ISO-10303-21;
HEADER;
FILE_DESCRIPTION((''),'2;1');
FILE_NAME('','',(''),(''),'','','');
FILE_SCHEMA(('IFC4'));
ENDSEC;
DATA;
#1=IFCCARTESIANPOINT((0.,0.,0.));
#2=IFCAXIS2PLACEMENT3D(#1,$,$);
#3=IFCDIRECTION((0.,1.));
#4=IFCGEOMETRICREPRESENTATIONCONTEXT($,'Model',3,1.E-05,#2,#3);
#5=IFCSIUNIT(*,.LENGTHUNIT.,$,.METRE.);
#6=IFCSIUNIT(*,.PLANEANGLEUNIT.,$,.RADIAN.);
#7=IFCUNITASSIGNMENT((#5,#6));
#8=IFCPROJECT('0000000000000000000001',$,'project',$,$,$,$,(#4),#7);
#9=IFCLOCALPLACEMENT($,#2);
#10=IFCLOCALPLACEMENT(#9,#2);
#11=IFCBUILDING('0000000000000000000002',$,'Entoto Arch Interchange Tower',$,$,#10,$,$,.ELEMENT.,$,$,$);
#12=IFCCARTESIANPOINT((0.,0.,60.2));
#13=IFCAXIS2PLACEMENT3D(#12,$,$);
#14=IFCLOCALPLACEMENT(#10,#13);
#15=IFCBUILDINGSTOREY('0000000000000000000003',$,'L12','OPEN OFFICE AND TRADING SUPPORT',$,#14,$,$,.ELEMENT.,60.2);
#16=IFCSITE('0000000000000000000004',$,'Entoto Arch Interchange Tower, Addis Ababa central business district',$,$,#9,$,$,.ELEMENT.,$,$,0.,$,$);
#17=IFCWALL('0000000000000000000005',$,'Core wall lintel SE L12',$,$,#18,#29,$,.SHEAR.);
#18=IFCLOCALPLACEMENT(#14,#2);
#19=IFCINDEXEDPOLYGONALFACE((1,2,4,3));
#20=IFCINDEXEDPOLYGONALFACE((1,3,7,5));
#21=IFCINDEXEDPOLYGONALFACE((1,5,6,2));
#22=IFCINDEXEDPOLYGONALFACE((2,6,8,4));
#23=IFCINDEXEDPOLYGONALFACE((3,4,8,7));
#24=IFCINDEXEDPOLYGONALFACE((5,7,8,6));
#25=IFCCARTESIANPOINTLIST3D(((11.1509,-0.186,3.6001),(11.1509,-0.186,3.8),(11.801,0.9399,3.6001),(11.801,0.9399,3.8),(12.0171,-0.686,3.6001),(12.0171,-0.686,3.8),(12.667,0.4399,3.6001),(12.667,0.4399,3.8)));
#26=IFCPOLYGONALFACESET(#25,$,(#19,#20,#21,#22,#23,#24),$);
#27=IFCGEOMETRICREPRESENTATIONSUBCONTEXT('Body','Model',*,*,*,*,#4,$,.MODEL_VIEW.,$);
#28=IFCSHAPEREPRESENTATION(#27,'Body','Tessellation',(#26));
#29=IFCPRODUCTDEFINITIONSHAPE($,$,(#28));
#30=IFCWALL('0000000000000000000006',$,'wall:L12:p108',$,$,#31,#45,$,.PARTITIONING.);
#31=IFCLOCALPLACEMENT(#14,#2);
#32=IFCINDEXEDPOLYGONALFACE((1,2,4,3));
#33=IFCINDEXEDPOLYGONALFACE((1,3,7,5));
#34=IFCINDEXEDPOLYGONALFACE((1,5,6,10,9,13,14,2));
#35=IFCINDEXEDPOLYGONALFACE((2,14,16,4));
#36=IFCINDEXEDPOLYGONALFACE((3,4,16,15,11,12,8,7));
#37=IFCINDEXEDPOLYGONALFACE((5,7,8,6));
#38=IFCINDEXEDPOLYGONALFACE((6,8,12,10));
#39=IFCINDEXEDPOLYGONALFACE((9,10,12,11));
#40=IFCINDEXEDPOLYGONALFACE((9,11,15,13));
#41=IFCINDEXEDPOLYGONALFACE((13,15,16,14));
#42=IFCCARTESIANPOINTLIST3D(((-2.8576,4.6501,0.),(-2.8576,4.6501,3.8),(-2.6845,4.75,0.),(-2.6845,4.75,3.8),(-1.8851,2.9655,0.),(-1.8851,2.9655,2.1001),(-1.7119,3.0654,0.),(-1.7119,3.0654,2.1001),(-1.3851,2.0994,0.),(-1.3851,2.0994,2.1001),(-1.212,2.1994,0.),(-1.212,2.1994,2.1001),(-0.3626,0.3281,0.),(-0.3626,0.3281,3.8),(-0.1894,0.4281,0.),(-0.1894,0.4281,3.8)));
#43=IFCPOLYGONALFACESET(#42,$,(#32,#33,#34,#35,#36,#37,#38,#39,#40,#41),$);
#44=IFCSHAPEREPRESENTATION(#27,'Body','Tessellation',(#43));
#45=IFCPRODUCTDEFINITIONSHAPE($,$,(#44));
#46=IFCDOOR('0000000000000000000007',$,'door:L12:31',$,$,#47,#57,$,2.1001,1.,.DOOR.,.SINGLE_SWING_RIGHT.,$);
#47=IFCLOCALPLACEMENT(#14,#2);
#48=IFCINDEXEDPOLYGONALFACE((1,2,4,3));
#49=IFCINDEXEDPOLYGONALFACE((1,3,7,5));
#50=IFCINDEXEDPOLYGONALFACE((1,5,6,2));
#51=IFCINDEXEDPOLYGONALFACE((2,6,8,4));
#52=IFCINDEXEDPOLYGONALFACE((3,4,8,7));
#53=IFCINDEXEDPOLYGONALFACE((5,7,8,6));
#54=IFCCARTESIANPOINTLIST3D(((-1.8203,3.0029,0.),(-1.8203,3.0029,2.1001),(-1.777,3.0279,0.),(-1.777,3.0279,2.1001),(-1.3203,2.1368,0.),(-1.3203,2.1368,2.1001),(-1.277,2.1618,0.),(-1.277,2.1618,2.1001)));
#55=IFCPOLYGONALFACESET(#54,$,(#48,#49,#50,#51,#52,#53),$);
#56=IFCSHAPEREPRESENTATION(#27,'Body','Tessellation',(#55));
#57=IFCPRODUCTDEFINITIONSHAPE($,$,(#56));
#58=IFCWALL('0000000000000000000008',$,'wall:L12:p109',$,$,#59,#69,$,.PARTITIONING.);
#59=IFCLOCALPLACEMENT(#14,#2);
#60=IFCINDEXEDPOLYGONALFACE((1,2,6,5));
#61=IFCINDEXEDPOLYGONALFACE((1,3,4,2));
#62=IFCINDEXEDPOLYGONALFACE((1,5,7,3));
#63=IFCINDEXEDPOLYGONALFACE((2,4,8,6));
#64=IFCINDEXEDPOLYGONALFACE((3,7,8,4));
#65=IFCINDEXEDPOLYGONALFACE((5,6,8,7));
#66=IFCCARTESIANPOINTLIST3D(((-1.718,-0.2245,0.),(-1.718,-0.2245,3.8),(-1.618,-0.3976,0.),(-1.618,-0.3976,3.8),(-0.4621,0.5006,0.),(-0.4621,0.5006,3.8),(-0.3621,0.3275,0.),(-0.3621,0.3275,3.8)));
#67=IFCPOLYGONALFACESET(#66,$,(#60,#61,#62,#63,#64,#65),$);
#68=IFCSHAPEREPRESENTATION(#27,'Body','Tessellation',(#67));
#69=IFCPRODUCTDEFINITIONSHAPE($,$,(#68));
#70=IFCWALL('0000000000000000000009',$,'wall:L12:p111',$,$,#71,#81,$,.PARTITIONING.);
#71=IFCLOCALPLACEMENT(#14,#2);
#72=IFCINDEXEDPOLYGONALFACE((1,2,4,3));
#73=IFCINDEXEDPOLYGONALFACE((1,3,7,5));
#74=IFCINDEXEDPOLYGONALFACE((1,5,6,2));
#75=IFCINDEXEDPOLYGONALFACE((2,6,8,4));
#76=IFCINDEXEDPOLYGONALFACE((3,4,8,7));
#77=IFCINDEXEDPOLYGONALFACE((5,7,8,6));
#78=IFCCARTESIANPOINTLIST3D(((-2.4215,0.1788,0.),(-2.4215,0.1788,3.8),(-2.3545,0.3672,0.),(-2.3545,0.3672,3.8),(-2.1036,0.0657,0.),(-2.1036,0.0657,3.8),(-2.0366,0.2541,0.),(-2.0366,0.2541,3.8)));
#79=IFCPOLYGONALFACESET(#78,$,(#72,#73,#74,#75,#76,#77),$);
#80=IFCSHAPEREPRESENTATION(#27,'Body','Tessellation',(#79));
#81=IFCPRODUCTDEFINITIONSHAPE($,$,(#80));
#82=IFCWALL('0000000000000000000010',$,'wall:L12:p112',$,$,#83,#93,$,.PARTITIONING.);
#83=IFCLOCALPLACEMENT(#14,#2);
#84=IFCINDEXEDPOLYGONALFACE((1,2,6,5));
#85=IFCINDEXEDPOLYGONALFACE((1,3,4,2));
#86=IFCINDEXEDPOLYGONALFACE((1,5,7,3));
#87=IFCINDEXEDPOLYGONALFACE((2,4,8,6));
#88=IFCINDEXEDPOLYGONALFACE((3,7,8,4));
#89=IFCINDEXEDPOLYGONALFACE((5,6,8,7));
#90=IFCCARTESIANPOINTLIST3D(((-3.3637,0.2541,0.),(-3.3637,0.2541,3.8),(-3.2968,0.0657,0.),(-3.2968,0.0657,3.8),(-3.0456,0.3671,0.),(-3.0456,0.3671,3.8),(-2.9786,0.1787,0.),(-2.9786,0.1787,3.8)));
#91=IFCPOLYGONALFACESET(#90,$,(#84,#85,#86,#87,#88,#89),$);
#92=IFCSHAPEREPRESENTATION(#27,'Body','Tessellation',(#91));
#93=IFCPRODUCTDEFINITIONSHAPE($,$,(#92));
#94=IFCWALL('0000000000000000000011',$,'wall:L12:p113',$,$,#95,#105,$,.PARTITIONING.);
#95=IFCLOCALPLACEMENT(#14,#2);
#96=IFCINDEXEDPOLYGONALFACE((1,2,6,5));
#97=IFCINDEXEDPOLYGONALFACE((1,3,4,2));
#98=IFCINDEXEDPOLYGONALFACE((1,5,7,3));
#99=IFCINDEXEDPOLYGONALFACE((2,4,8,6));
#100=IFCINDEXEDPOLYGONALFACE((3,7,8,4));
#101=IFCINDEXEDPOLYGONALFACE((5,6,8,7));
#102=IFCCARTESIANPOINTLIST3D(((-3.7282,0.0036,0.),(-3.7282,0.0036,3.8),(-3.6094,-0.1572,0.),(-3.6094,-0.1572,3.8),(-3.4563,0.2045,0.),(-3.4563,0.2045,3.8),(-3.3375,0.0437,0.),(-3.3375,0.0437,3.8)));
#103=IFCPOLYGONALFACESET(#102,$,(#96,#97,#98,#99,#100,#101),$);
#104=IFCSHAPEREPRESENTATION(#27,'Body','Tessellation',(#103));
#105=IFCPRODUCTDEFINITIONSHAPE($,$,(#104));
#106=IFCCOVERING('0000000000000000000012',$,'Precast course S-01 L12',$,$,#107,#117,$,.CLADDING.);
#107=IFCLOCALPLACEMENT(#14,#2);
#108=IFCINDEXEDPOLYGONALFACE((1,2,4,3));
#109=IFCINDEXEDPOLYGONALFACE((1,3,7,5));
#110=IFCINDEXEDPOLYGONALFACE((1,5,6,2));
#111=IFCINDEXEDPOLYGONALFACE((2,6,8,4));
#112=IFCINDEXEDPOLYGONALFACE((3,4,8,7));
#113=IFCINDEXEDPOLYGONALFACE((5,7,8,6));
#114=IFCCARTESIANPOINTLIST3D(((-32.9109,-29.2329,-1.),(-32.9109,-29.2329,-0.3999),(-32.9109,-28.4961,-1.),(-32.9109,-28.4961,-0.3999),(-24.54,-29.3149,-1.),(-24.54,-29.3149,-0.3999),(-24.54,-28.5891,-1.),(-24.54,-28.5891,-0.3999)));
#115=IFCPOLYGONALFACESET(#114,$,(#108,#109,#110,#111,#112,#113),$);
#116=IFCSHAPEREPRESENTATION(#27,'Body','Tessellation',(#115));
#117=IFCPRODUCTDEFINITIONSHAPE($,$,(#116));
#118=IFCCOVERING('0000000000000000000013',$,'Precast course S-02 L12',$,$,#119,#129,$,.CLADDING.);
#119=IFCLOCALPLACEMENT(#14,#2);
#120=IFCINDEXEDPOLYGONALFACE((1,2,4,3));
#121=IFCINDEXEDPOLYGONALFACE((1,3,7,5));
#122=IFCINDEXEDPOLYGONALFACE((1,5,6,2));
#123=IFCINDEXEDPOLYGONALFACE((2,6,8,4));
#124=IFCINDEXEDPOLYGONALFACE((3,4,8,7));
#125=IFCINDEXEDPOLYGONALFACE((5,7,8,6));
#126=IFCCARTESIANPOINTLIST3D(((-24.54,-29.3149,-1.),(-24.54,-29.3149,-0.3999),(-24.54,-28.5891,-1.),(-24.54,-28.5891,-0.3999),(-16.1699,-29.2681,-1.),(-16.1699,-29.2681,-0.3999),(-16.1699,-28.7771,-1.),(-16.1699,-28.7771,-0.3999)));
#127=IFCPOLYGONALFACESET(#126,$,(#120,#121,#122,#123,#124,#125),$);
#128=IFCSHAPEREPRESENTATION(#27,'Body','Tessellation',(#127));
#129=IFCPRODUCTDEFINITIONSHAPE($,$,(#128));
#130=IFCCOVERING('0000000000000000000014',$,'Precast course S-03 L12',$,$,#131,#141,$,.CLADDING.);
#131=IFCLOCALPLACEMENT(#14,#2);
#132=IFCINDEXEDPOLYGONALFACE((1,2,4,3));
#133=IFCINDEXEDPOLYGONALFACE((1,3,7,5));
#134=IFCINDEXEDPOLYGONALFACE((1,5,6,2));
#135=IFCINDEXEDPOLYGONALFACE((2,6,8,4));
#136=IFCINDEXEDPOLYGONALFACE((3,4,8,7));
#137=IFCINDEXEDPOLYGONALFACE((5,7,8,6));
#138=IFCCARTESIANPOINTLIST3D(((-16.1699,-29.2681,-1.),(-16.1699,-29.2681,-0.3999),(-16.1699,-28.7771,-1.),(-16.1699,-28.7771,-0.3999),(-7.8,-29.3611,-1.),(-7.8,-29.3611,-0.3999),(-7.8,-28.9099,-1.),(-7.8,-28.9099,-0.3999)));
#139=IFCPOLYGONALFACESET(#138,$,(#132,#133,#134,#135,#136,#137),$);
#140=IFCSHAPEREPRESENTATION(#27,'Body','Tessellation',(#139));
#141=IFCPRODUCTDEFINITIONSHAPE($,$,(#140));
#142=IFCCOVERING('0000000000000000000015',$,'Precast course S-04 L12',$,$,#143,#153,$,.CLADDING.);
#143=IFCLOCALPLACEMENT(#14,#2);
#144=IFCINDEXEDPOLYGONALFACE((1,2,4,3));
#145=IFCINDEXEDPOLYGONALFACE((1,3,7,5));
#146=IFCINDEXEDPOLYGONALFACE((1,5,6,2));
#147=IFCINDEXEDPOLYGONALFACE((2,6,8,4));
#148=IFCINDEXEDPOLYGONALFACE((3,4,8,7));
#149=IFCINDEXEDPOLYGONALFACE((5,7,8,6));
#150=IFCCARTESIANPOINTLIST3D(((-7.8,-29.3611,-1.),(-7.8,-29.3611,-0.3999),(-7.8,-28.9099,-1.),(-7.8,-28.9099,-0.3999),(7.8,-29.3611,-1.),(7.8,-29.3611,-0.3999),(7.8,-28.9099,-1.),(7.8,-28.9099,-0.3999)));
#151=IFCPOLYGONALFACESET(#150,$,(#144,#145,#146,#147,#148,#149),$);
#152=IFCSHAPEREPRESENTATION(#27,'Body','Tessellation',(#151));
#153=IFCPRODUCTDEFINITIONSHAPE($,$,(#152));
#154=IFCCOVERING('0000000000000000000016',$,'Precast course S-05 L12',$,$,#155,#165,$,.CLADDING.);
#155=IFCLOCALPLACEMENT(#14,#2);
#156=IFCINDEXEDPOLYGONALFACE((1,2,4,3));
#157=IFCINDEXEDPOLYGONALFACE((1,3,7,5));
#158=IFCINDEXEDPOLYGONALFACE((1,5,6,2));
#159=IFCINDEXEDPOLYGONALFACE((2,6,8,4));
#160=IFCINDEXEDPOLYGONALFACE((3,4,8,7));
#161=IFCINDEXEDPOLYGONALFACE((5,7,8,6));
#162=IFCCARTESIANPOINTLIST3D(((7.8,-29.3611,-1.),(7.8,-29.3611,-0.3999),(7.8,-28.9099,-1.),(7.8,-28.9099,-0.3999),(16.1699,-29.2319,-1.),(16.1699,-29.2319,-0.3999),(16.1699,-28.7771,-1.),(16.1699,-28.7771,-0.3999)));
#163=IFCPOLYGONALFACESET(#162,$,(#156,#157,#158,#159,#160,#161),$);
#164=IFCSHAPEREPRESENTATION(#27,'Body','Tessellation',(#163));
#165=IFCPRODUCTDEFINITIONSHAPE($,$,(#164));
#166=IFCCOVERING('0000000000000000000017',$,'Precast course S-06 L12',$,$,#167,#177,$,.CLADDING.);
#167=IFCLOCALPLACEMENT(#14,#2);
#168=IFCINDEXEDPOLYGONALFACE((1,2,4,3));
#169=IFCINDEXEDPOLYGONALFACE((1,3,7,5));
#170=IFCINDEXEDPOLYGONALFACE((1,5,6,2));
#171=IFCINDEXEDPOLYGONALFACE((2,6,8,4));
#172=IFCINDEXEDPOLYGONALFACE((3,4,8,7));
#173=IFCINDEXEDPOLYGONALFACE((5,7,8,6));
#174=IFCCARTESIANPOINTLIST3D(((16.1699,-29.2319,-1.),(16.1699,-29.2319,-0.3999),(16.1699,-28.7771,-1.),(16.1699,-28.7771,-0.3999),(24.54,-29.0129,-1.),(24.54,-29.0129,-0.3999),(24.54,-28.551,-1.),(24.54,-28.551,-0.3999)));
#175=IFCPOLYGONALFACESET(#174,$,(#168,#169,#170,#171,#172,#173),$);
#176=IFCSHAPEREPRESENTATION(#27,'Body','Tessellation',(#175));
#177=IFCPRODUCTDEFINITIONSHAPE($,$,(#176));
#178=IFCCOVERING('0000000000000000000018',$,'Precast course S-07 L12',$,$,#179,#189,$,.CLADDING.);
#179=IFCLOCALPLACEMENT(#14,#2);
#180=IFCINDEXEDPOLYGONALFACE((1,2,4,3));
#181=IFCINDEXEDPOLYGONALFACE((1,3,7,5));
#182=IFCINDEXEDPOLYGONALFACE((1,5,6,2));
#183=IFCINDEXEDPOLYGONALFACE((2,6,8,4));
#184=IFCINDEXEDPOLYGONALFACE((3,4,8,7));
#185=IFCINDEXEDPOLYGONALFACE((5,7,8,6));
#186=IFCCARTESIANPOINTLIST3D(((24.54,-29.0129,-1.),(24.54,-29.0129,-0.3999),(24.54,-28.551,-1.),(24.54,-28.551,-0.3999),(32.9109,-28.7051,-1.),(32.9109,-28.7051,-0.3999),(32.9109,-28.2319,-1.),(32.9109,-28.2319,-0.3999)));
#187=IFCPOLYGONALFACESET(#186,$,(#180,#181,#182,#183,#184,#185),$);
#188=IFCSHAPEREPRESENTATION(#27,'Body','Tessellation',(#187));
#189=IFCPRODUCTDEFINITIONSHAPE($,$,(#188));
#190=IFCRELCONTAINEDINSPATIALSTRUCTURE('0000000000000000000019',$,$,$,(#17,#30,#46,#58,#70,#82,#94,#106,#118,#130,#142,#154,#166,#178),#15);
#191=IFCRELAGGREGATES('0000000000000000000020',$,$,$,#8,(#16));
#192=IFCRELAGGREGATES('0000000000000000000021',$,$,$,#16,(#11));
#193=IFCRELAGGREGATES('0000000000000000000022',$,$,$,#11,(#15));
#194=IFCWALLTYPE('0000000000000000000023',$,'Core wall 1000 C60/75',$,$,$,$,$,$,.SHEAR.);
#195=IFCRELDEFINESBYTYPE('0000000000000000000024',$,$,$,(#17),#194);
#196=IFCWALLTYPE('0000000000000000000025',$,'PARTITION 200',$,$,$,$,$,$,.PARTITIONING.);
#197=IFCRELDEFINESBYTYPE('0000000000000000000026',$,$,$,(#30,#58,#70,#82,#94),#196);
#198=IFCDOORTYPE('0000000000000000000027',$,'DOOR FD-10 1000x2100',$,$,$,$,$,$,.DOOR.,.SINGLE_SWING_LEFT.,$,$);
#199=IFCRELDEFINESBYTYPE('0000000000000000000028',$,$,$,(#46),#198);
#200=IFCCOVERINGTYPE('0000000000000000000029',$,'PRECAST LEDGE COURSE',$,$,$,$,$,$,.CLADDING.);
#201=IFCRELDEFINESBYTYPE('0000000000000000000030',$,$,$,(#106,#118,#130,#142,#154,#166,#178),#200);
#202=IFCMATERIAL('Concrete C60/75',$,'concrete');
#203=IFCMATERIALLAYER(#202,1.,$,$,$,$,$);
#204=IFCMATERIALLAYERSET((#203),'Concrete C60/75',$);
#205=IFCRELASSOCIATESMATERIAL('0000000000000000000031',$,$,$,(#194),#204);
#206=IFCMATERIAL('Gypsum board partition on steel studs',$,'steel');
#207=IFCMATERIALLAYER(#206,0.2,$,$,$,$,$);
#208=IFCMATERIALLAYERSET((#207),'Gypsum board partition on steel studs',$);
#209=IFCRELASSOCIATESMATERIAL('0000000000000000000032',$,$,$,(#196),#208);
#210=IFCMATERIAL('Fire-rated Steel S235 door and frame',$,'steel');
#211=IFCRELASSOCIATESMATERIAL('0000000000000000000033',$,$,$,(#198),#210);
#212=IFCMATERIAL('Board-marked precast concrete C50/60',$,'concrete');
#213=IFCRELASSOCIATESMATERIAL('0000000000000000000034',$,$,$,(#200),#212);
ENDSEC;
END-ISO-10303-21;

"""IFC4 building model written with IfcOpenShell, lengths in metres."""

from ifc_helpers import new_model, si_unit, direction, frame, frame_2d, origin, place, context, subcontext, project, spatial, polyline, rectangle, outline, extrude, material, layer, layer_set, type_object, element, fill, save


model = new_model("IFC4")

# Units and contexts
model_context = context("Model", 3, precision=1e-05, world=origin(), true_north=direction((0.0, 1.0)))
body_context = subcontext(model_context, "Body", "Model", "MODEL_VIEW")
ifc_project = project(units=[si_unit("LENGTHUNIT", "METRE"), si_unit("PLANEANGLEUNIT", "RADIAN")], contexts=[model_context])

# Site, building, storey
site_placement = place(None, origin())
site = spatial("IfcSite", under=ifc_project, at=site_placement, Name="Entoto Arch Interchange Tower, Addis Ababa central business district", CompositionType="ELEMENT", RefElevation=0.0)
building_placement = place(site_placement, origin())
building = spatial("IfcBuilding", under=site, at=building_placement, Name="Entoto Arch Interchange Tower", CompositionType="ELEMENT")
storey_placement = place(building_placement, frame((0.0, 0.0, 60.2)))
storey = spatial("IfcBuildingStorey", under=building, at=storey_placement, Name="L12", Description="OPEN OFFICE AND TRADING SUPPORT", CompositionType="ELEMENT", Elevation=60.2)

# Wall
ifc_material_1 = material(Name="Concrete C60/75", Category="concrete")
ifc_layer_1 = layer(ifc_material_1, 1.0)
ifc_layer_set_1 = layer_set([ifc_layer_1], Name="Concrete C60/75")
wall_type_1 = type_object("IfcWallType", Name="Core wall 1000 C60/75", PredefinedType="SHEAR", material=ifc_layer_set_1)
wall_1_placement = place(storey_placement, frame((0.0, 0.0, 3.6001)))
element("IfcWall", 1, at=wall_1_placement, inside=storey, type_object=wall_type_1, Name="Core wall lintel SE L12", PredefinedType="SHEAR", context=body_context, shape_type="SweptSolid", body=[
    extrude(outline(polyline([(12.667, 0.4399), (11.801, 0.9399), (11.1509, -0.186), (12.0171, -0.686), (12.667, 0.4399)])), origin(), (0.0, 0.0, 1.0), 0.2),
])

# Wall, opening, door
ifc_material_2 = material(Name="Gypsum board partition on steel studs", Category="steel")
ifc_layer_2 = layer(ifc_material_2, 0.2)
ifc_layer_set_2 = layer_set([ifc_layer_2], Name="Gypsum board partition on steel studs")
wall_type_2 = type_object("IfcWallType", Name="PARTITION 200", PredefinedType="PARTITIONING", material=ifc_layer_set_2)
wall_2_placement = place(storey_placement, frame((-2.771, 4.7, 0.0), z_axis=(0.0, 0.0, 1.0), x_axis=(0.499969, -0.866043, 0.0)))
wall_2 = element("IfcWall", 2, at=wall_2_placement, inside=storey, type_object=wall_type_2, Name="wall:L12:p108", PredefinedType="PARTITIONING", context=body_context, shape_type="SweptSolid", body=[
    extrude(rectangle(XDim=4.9905, YDim=0.2, at=frame_2d((2.4951, 0.0))), origin(), (0.0, 0.0, 1.0), 3.8),
])
opening_placement = place(wall_2_placement, frame((1.9451, 0.0, 0.0)))
opening = element("IfcOpeningElement", 3, at=opening_placement, cuts=wall_2, PredefinedType="OPENING", context=body_context, shape_type="SweptSolid", body=[
    extrude(rectangle(XDim=1.0, YDim=2.1001, at=frame_2d((0.5, 1.05))), frame((0.0, 0.1099, 0.0), z_axis=(0.0, -1.0, 0.0), x_axis=(1.0, 0.0, 0.0)), (0.0, 0.0, 1.0), 0.22),
])
ifc_material_3 = material(Name="Fire-rated Steel S235 door and frame", Category="steel")
door_type = type_object("IfcDoorType", Name="DOOR FD-10 1000x2100", OperationType="SINGLE_SWING_LEFT", PredefinedType="DOOR", material=ifc_material_3)
door_placement = place(opening_placement, origin())
door = element("IfcDoor", 4, at=door_placement, inside=storey, type_object=door_type, Name="door:L12:31", OperationType="SINGLE_SWING_RIGHT", OverallHeight=2.1001, OverallWidth=1.0, PredefinedType="DOOR", context=body_context, shape_type="SweptSolid", body=[
    extrude(rectangle(XDim=1.0, YDim=2.1001, at=frame_2d((0.5, 1.05))), frame((0.0, 0.0249, 0.0), z_axis=(0.0, -1.0, 0.0), x_axis=(1.0, 0.0, 0.0)), (0.0, 0.0, 1.0), 0.05),
])
fill(opening, door)

# Walls
wall_3_placement = place(storey_placement, frame((-0.4121, 0.4141, 0.0), z_axis=(0.0, 0.0, 1.0), x_axis=(-0.866017, -0.500014, 0.0)))
element("IfcWall", 5, at=wall_3_placement, inside=storey, type_object=wall_type_2, Name="wall:L12:p109", PredefinedType="PARTITIONING", context=body_context, shape_type="SweptSolid", body=[
    extrude(rectangle(XDim=1.4502, YDim=0.2, at=frame_2d((0.7251, 0.0))), origin(), (0.0, 0.0, 1.0), 3.8),
])
wall_4_placement = place(storey_placement, frame((-2.0701, 0.1599, 0.0), z_axis=(0.0, 0.0, 1.0), x_axis=(-0.942199, 0.335052, 0.0)))
element("IfcWall", 6, at=wall_4_placement, inside=storey, type_object=wall_type_2, Name="wall:L12:p111", PredefinedType="PARTITIONING", context=body_context, shape_type="SweptSolid", body=[
    extrude(rectangle(XDim=0.3374, YDim=0.2, at=frame_2d((0.1687, 0.0))), origin(), (0.0, 0.0, 1.0), 3.8),
])
wall_5_placement = place(storey_placement, frame((-3.012, 0.2729, 0.0), z_axis=(0.0, 0.0, 1.0), x_axis=(-0.942281, -0.334824, 0.0)))
element("IfcWall", 7, at=wall_5_placement, inside=storey, type_object=wall_type_2, Name="wall:L12:p112", PredefinedType="PARTITIONING", context=body_context, shape_type="SweptSolid", body=[
    extrude(rectangle(XDim=0.3376, YDim=0.2, at=frame_2d((0.1689, 0.0))), origin(), (0.0, 0.0, 1.0), 3.8),
])
wall_6_placement = place(storey_placement, frame((-3.397, 0.124, 0.0), z_axis=(0.0, 0.0, 1.0), x_axis=(-0.804311, -0.594208, 0.0)))
element("IfcWall", 8, at=wall_6_placement, inside=storey, type_object=wall_type_2, Name="wall:L12:p113", PredefinedType="PARTITIONING", context=body_context, shape_type="SweptSolid", body=[
    extrude(rectangle(XDim=0.3381, YDim=0.2, at=frame_2d((0.1689, 0.0))), origin(), (0.0, 0.0, 1.0), 3.8),
])

# Coverings
ifc_material_4 = material(Name="Board-marked precast concrete C50/60", Category="concrete")
covering_type = type_object("IfcCoveringType", Name="PRECAST LEDGE COURSE", PredefinedType="CLADDING", material=ifc_material_4)
covering_1_placement = place(storey_placement, frame((0.0, 0.0, -1.0)))
element("IfcCovering", 9, at=covering_1_placement, inside=storey, type_object=covering_type, Name="Precast course S-01 L12", PredefinedType="CLADDING", context=body_context, shape_type="SweptSolid", body=[
    extrude(outline(polyline([(-24.54, -28.5891), (-24.54, -29.3149), (-32.9109, -29.2329), (-32.9109, -28.4961), (-24.54, -28.5891)])), origin(), (0.0, 0.0, 1.0), 0.6001),
])
covering_2_placement = place(storey_placement, frame((0.0, 0.0, -1.0)))
element("IfcCovering", 10, at=covering_2_placement, inside=storey, type_object=covering_type, Name="Precast course S-02 L12", PredefinedType="CLADDING", context=body_context, shape_type="SweptSolid", body=[
    extrude(outline(polyline([(-16.1699, -28.7771), (-16.1699, -29.2681), (-24.54, -29.3149), (-24.54, -28.5891), (-16.1699, -28.7771)])), origin(), (0.0, 0.0, 1.0), 0.6001),
])
covering_3_placement = place(storey_placement, frame((0.0, 0.0, -1.0)))
element("IfcCovering", 11, at=covering_3_placement, inside=storey, type_object=covering_type, Name="Precast course S-03 L12", PredefinedType="CLADDING", context=body_context, shape_type="SweptSolid", body=[
    extrude(outline(polyline([(-7.8, -28.9099), (-7.8, -29.3611), (-16.1699, -29.2681), (-16.1699, -28.7771), (-7.8, -28.9099)])), origin(), (0.0, 0.0, 1.0), 0.6001),
])
covering_4_placement = place(storey_placement, frame((0.0, 0.0, -1.0)))
element("IfcCovering", 12, at=covering_4_placement, inside=storey, type_object=covering_type, Name="Precast course S-04 L12", PredefinedType="CLADDING", context=body_context, shape_type="SweptSolid", body=[
    extrude(outline(polyline([(7.8, -28.9099), (7.8, -29.3611), (-7.8, -29.3611), (-7.8, -28.9099), (7.8, -28.9099)])), origin(), (0.0, 0.0, 1.0), 0.6001),
])
covering_5_placement = place(storey_placement, frame((0.0, 0.0, -1.0)))
element("IfcCovering", 13, at=covering_5_placement, inside=storey, type_object=covering_type, Name="Precast course S-05 L12", PredefinedType="CLADDING", context=body_context, shape_type="SweptSolid", body=[
    extrude(outline(polyline([(16.1699, -28.7771), (16.1699, -29.2319), (7.8, -29.3611), (7.8, -28.9099), (16.1699, -28.7771)])), origin(), (0.0, 0.0, 1.0), 0.6001),
])
covering_6_placement = place(storey_placement, frame((0.0, 0.0, -1.0)))
element("IfcCovering", 14, at=covering_6_placement, inside=storey, type_object=covering_type, Name="Precast course S-06 L12", PredefinedType="CLADDING", context=body_context, shape_type="SweptSolid", body=[
    extrude(outline(polyline([(24.54, -28.551), (24.54, -29.0129), (16.1699, -29.2319), (16.1699, -28.7771), (24.54, -28.551)])), origin(), (0.0, 0.0, 1.0), 0.6001),
])
covering_7_placement = place(storey_placement, frame((0.0, 0.0, -1.0)))
element("IfcCovering", 15, at=covering_7_placement, inside=storey, type_object=covering_type, Name="Precast course S-07 L12", PredefinedType="CLADDING", context=body_context, shape_type="SweptSolid", body=[
    extrude(outline(polyline([(32.9109, -28.2319), (32.9109, -28.7051), (24.54, -29.0129), (24.54, -28.551), (32.9109, -28.2319)])), origin(), (0.0, 0.0, 1.0), 0.6001),
])

save(model, "model.ifc")
